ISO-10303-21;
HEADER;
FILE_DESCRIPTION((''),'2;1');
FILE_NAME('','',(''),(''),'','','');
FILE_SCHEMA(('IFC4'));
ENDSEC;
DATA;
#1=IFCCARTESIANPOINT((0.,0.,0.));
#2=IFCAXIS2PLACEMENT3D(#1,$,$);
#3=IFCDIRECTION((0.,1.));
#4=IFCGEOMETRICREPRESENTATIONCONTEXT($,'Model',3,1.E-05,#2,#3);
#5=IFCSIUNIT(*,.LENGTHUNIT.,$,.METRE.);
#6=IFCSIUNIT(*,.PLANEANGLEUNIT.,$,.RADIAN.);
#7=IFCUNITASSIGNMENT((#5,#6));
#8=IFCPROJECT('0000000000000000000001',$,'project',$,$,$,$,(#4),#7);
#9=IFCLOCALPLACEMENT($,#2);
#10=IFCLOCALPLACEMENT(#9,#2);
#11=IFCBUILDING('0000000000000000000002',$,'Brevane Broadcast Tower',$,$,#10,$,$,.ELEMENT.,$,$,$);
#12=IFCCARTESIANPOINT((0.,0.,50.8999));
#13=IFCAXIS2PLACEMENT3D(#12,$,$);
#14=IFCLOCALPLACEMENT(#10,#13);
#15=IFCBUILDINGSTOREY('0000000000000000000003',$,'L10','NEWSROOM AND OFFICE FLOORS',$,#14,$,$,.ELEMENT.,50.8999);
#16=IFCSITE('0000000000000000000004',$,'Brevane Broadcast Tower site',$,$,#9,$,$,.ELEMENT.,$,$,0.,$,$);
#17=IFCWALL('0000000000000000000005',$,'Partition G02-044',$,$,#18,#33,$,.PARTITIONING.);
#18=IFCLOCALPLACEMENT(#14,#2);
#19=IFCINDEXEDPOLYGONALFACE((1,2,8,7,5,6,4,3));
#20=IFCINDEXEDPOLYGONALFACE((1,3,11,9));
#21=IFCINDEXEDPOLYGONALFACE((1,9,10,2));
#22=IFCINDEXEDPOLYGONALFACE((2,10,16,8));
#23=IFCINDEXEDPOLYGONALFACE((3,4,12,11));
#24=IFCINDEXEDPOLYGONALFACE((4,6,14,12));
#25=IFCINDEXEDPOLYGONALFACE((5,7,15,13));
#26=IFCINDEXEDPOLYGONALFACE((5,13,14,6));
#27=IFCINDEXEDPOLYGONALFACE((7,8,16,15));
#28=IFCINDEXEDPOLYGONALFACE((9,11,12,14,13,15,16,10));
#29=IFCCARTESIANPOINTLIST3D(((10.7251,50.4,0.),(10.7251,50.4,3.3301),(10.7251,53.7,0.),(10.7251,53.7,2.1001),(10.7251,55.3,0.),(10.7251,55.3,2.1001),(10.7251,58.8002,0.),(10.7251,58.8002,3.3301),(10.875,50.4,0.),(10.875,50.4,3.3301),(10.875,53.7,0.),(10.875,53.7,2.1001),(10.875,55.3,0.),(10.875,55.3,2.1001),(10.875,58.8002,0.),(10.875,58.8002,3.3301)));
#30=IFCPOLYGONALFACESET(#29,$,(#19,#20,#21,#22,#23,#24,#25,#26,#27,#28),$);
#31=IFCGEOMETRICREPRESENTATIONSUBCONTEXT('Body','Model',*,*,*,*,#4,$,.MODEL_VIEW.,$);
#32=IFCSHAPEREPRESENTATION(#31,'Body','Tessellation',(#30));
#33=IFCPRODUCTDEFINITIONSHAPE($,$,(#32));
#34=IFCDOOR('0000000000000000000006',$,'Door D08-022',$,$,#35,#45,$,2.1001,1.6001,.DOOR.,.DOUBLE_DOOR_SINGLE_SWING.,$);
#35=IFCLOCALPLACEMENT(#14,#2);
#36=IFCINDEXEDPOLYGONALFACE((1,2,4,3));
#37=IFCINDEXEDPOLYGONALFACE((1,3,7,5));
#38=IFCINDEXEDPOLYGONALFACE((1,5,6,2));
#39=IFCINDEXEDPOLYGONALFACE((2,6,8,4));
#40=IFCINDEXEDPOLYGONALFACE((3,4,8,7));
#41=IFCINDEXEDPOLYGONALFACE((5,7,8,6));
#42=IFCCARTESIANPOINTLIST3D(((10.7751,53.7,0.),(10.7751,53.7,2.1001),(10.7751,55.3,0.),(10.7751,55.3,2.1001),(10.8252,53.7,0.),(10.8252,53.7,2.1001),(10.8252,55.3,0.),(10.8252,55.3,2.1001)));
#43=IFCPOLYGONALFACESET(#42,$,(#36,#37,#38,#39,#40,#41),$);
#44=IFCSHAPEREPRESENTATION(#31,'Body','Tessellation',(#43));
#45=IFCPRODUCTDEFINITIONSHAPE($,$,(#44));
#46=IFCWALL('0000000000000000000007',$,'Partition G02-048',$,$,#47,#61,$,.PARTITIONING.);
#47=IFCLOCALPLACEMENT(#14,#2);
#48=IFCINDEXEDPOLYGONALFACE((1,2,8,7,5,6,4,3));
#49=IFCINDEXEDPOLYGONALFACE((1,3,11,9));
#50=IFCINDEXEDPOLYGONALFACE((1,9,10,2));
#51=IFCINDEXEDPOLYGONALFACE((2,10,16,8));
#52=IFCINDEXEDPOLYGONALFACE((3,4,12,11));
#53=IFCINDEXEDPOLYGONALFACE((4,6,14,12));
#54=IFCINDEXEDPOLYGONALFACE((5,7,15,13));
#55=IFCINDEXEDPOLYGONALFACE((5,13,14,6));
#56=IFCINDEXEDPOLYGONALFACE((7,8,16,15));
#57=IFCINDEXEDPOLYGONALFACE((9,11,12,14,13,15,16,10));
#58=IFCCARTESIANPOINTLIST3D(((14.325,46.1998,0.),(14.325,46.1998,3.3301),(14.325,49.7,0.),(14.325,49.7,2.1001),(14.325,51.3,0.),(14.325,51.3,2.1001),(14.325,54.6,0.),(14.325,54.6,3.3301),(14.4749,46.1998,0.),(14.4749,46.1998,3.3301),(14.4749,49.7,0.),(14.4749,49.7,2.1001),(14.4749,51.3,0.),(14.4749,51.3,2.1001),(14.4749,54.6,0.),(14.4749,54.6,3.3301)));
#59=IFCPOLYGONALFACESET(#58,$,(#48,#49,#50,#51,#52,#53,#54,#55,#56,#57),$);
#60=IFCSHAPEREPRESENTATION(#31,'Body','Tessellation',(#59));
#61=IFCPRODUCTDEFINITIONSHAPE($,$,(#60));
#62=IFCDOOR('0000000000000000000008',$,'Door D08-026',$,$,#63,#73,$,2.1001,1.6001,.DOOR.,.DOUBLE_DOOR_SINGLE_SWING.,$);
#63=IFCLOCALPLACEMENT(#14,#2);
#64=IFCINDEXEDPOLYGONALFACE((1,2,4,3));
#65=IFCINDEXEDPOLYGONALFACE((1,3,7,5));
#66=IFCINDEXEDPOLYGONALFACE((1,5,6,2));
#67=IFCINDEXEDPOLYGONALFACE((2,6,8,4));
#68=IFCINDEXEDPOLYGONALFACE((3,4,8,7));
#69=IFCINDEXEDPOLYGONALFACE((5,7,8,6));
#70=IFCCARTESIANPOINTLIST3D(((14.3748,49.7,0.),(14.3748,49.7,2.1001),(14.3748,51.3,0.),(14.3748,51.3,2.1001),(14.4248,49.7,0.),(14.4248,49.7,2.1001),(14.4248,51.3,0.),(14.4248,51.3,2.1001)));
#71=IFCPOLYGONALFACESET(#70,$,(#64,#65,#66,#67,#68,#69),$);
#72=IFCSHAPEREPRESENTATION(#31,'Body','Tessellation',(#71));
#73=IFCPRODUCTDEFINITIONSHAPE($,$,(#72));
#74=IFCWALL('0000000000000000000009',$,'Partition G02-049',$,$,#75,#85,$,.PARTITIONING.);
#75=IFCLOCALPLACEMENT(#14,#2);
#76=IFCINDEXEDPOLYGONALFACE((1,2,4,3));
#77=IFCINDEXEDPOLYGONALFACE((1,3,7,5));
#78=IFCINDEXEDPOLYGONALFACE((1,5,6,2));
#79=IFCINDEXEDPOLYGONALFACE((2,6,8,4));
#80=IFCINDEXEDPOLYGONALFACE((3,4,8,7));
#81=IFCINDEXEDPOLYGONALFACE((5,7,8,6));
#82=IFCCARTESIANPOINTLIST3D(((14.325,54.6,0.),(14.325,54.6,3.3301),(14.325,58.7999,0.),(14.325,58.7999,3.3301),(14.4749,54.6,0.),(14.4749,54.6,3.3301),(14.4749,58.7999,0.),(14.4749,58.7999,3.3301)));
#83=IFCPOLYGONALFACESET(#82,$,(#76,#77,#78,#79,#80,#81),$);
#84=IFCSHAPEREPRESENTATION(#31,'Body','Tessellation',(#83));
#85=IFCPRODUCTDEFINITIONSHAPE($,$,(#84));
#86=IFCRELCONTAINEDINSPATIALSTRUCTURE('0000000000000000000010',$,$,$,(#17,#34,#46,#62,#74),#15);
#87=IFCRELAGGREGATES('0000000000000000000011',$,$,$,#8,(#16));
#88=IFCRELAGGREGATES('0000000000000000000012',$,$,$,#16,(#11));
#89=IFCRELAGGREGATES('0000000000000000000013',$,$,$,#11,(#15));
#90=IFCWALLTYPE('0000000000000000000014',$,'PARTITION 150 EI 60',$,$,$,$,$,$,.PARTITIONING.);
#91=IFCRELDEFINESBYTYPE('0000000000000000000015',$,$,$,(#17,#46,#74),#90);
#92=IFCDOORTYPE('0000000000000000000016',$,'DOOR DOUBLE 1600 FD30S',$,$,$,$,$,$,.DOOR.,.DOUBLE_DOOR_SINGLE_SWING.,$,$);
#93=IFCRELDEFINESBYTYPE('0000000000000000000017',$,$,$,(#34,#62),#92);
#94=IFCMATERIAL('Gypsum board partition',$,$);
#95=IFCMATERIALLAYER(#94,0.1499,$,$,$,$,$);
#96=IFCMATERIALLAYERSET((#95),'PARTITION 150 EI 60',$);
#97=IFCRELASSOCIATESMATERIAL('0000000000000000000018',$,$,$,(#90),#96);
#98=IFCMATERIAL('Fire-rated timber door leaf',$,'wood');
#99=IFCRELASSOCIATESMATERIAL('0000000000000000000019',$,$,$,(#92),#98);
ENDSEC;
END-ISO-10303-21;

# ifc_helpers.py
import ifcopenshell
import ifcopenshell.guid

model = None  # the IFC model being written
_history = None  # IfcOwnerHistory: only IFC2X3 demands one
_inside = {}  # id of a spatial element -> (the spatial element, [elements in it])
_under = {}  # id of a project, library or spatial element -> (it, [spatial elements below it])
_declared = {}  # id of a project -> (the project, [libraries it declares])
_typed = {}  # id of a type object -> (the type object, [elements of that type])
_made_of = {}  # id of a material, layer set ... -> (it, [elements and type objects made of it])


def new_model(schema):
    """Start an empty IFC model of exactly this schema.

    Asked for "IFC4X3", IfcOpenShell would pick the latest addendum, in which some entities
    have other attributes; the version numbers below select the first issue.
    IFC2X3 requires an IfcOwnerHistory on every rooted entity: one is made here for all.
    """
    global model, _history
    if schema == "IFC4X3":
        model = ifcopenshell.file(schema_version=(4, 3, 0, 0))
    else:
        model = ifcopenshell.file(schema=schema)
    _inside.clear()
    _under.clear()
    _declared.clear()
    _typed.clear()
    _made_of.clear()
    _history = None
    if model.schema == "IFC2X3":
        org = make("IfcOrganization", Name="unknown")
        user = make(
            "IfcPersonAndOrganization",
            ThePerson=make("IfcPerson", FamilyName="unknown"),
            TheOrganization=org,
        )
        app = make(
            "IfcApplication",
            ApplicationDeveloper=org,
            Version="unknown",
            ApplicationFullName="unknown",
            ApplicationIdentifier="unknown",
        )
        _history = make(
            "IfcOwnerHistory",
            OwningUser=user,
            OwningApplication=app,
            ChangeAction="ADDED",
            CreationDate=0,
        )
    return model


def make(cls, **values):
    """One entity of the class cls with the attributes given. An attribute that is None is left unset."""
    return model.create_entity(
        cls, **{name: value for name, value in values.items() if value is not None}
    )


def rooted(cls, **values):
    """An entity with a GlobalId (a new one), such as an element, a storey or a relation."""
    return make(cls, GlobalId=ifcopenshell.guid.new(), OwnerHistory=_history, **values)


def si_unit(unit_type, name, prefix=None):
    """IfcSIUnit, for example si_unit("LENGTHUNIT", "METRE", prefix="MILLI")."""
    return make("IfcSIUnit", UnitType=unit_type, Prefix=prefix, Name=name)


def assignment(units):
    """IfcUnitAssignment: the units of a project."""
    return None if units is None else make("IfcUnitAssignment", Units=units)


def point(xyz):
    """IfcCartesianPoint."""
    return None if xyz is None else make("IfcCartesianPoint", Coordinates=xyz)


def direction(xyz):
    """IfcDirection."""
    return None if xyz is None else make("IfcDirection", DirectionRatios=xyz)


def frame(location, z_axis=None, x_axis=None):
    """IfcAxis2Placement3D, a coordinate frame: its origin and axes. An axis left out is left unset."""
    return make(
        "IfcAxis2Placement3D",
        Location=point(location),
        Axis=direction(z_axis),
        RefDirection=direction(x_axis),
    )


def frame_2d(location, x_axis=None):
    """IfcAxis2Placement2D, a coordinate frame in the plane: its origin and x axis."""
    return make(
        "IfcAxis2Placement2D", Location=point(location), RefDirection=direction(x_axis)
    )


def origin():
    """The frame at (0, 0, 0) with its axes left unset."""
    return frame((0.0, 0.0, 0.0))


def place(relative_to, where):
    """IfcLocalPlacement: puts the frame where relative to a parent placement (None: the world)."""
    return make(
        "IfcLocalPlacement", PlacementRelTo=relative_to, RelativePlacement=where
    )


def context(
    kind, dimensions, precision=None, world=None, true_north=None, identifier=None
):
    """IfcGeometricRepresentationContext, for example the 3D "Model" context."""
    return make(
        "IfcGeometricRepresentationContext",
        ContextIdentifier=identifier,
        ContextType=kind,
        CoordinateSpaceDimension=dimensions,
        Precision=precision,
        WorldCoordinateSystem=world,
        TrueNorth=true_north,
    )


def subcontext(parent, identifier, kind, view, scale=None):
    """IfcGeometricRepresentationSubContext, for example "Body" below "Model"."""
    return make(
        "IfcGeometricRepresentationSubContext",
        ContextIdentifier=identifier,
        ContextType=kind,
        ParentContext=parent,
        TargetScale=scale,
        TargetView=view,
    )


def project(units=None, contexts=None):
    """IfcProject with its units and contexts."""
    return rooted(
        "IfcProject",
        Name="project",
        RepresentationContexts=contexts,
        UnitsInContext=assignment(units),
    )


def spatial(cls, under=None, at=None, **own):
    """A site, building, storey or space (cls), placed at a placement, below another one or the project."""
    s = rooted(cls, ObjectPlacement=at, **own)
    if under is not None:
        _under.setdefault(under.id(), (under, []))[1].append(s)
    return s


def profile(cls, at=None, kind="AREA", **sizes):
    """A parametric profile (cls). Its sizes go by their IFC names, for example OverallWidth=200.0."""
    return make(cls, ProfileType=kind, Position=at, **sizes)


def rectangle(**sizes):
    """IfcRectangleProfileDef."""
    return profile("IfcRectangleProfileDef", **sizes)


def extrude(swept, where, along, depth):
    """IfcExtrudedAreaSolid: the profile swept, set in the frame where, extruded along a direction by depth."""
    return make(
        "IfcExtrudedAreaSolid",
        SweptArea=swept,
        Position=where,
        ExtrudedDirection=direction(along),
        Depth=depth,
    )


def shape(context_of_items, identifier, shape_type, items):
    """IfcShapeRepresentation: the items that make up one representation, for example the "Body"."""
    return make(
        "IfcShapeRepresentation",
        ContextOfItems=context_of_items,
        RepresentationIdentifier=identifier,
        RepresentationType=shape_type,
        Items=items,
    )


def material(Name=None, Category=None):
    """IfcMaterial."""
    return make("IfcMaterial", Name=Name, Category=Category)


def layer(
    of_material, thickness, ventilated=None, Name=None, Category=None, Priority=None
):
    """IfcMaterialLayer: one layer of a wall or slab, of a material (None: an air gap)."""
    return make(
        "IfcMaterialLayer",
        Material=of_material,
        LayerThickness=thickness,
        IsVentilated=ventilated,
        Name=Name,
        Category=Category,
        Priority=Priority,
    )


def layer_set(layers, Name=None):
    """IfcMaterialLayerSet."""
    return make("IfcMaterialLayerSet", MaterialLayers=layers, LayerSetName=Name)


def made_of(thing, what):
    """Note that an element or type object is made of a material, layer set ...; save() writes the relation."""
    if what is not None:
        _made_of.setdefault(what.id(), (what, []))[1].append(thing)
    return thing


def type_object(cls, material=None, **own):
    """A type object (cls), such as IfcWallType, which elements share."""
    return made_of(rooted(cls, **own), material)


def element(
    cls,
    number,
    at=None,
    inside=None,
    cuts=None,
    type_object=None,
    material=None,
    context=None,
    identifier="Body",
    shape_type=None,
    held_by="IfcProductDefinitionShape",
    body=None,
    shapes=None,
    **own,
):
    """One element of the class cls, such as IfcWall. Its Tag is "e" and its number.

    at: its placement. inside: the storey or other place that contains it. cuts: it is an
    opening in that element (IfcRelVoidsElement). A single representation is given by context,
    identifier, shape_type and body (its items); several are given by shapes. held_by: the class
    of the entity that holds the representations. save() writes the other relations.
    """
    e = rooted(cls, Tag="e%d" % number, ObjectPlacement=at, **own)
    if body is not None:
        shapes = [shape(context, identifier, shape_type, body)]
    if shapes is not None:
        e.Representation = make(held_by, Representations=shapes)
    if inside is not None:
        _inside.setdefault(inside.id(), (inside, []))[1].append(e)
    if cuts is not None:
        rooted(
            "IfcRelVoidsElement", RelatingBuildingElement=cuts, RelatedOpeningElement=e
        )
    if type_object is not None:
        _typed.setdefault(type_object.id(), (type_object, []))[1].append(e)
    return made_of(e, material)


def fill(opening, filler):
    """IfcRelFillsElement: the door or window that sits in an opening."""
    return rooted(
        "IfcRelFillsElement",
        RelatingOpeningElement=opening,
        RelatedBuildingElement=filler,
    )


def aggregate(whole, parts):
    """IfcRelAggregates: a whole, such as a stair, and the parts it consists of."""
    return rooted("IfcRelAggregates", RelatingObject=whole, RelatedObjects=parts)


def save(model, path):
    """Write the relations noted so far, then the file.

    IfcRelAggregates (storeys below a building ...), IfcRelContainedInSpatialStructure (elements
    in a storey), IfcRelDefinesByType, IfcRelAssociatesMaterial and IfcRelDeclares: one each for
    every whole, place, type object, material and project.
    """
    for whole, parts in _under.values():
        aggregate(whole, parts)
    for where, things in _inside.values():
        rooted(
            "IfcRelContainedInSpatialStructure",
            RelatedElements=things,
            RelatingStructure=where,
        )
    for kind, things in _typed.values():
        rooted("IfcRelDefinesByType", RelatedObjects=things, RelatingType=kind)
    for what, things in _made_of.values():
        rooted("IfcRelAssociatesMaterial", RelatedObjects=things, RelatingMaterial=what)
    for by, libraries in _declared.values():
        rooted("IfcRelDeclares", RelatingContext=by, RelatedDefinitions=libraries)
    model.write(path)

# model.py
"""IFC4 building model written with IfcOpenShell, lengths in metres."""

from ifc_helpers import new_model, si_unit, direction, frame, frame_2d, origin, place, context, subcontext, project, spatial, rectangle, extrude, material, layer, layer_set, type_object, element, fill, save


model = new_model("IFC4")

# Units and contexts
model_context = context("Model", 3, precision=1e-05, world=origin(), true_north=direction((0.0, 1.0)))
body_context = subcontext(model_context, "Body", "Model", "MODEL_VIEW")
ifc_project = project(units=[si_unit("LENGTHUNIT", "METRE"), si_unit("PLANEANGLEUNIT", "RADIAN")], contexts=[model_context])

# Site, building, storey
site_placement = place(None, origin())
site = spatial("IfcSite", under=ifc_project, at=site_placement, Name="Brevane Broadcast Tower site", CompositionType="ELEMENT", RefElevation=0.0)
building_placement = place(site_placement, origin())
building = spatial("IfcBuilding", under=site, at=building_placement, Name="Brevane Broadcast Tower", CompositionType="ELEMENT")
storey_placement = place(building_placement, frame((0.0, 0.0, 50.8999)))
storey = spatial("IfcBuildingStorey", under=building, at=storey_placement, Name="L10", Description="NEWSROOM AND OFFICE FLOORS", CompositionType="ELEMENT", Elevation=50.8999)

# Shared definitions
ifc_material_1 = material(Name="Gypsum board partition")

# Walls, openings, doors
ifc_layer_1 = layer(ifc_material_1, 0.1499)
ifc_layer_set_1 = layer_set([ifc_layer_1], Name="PARTITION 150 EI 60")
wall_type_1 = type_object("IfcWallType", Name="PARTITION 150 EI 60", PredefinedType="PARTITIONING", material=ifc_layer_set_1)
ifc_material_2 = material(Name="Fire-rated timber door leaf", Category="wood")
wall_1_placement = place(storey_placement, frame((10.8, 50.3999, 0.0), z_axis=(0.0, 0.0, 1.0), x_axis=(0.0, 1.0, 0.0)))
wall_1 = element("IfcWall", 1, at=wall_1_placement, inside=storey, type_object=wall_type_1, Name="Partition G02-044", PredefinedType="PARTITIONING", context=body_context, shape_type="SweptSolid", body=[
    extrude(rectangle(XDim=8.4001, YDim=0.1499, at=frame_2d((4.2002, 0.0))), origin(), (0.0, 0.0, 1.0), 3.3301),
])
opening_1_placement = place(wall_1_placement, frame((3.3, 0.0, 0.0)))
opening_1 = element("IfcOpeningElement", 2, at=opening_1_placement, cuts=wall_1, PredefinedType="OPENING", context=body_context, shape_type="SweptSolid", body=[
    extrude(rectangle(XDim=1.6001, YDim=2.1001, at=frame_2d((0.8, 1.05))), frame((0.0, 0.085, 0.0), z_axis=(0.0, -1.0, 0.0), x_axis=(1.0, 0.0, 0.0)), (0.0, 0.0, 1.0), 0.1699),
])
door_type_1 = type_object("IfcDoorType", Name="DOOR DOUBLE 1600 FD30S", OperationType="DOUBLE_DOOR_SINGLE_SWING", PredefinedType="DOOR", material=ifc_material_2)
door_1_placement = place(opening_1_placement, origin())
door_1 = element("IfcDoor", 3, at=door_1_placement, inside=storey, type_object=door_type_1, Name="Door D08-022", OperationType="DOUBLE_DOOR_SINGLE_SWING", OverallHeight=2.1001, OverallWidth=1.6001, PredefinedType="DOOR", context=body_context, shape_type="SweptSolid", body=[
    extrude(rectangle(XDim=1.6001, YDim=2.1001, at=frame_2d((0.8, 1.05))), frame((0.0, 0.0249, 0.0), z_axis=(0.0, -1.0, 0.0), x_axis=(1.0, 0.0, 0.0)), (0.0, 0.0, 1.0), 0.05),
])
fill(opening_1, door_1)
wall_2_placement = place(storey_placement, frame((14.3999, 54.6001, 0.0), z_axis=(0.0, 0.0, 1.0), x_axis=(0.0, -1.0, 0.0)))
wall_2 = element("IfcWall", 4, at=wall_2_placement, inside=storey, type_object=wall_type_1, Name="Partition G02-048", PredefinedType="PARTITIONING", context=body_context, shape_type="SweptSolid", body=[
    extrude(rectangle(XDim=8.4001, YDim=0.1499, at=frame_2d((4.2002, 0.0))), origin(), (0.0, 0.0, 1.0), 3.3301),
])
opening_2_placement = place(wall_2_placement, frame((3.3, 0.0, 0.0)))
opening_2 = element("IfcOpeningElement", 5, at=opening_2_placement, cuts=wall_2, PredefinedType="OPENING", context=body_context, shape_type="SweptSolid", body=[
    extrude(rectangle(XDim=1.6001, YDim=2.1001, at=frame_2d((0.8, 1.05))), frame((0.0, 0.085, 0.0), z_axis=(0.0, -1.0, 0.0), x_axis=(1.0, 0.0, 0.0)), (0.0, 0.0, 1.0), 0.1699),
])
door_2_placement = place(opening_2_placement, origin())
door_2 = element("IfcDoor", 6, at=door_2_placement, inside=storey, type_object=door_type_1, Name="Door D08-026", OperationType="DOUBLE_DOOR_SINGLE_SWING", OverallHeight=2.1001, OverallWidth=1.6001, PredefinedType="DOOR", context=body_context, shape_type="SweptSolid", body=[
    extrude(rectangle(XDim=1.6001, YDim=2.1001, at=frame_2d((0.8, 1.05))), frame((0.0, 0.0249, 0.0), z_axis=(0.0, -1.0, 0.0), x_axis=(1.0, 0.0, 0.0)), (0.0, 0.0, 1.0), 0.05),
])
fill(opening_2, door_2)

# Wall
wall_3_placement = place(storey_placement, frame((14.3999, 58.8, 0.0), z_axis=(0.0, 0.0, 1.0), x_axis=(0.0, -1.0, 0.0)))
element("IfcWall", 7, at=wall_3_placement, inside=storey, type_object=wall_type_1, Name="Partition G02-049", PredefinedType="PARTITIONING", context=body_context, shape_type="SweptSolid", body=[
    extrude(rectangle(XDim=4.2, YDim=0.1499, at=frame_2d((2.1001, 0.0))), origin(), (0.0, 0.0, 1.0), 3.3301),
])

save(model, "model.ifc")
